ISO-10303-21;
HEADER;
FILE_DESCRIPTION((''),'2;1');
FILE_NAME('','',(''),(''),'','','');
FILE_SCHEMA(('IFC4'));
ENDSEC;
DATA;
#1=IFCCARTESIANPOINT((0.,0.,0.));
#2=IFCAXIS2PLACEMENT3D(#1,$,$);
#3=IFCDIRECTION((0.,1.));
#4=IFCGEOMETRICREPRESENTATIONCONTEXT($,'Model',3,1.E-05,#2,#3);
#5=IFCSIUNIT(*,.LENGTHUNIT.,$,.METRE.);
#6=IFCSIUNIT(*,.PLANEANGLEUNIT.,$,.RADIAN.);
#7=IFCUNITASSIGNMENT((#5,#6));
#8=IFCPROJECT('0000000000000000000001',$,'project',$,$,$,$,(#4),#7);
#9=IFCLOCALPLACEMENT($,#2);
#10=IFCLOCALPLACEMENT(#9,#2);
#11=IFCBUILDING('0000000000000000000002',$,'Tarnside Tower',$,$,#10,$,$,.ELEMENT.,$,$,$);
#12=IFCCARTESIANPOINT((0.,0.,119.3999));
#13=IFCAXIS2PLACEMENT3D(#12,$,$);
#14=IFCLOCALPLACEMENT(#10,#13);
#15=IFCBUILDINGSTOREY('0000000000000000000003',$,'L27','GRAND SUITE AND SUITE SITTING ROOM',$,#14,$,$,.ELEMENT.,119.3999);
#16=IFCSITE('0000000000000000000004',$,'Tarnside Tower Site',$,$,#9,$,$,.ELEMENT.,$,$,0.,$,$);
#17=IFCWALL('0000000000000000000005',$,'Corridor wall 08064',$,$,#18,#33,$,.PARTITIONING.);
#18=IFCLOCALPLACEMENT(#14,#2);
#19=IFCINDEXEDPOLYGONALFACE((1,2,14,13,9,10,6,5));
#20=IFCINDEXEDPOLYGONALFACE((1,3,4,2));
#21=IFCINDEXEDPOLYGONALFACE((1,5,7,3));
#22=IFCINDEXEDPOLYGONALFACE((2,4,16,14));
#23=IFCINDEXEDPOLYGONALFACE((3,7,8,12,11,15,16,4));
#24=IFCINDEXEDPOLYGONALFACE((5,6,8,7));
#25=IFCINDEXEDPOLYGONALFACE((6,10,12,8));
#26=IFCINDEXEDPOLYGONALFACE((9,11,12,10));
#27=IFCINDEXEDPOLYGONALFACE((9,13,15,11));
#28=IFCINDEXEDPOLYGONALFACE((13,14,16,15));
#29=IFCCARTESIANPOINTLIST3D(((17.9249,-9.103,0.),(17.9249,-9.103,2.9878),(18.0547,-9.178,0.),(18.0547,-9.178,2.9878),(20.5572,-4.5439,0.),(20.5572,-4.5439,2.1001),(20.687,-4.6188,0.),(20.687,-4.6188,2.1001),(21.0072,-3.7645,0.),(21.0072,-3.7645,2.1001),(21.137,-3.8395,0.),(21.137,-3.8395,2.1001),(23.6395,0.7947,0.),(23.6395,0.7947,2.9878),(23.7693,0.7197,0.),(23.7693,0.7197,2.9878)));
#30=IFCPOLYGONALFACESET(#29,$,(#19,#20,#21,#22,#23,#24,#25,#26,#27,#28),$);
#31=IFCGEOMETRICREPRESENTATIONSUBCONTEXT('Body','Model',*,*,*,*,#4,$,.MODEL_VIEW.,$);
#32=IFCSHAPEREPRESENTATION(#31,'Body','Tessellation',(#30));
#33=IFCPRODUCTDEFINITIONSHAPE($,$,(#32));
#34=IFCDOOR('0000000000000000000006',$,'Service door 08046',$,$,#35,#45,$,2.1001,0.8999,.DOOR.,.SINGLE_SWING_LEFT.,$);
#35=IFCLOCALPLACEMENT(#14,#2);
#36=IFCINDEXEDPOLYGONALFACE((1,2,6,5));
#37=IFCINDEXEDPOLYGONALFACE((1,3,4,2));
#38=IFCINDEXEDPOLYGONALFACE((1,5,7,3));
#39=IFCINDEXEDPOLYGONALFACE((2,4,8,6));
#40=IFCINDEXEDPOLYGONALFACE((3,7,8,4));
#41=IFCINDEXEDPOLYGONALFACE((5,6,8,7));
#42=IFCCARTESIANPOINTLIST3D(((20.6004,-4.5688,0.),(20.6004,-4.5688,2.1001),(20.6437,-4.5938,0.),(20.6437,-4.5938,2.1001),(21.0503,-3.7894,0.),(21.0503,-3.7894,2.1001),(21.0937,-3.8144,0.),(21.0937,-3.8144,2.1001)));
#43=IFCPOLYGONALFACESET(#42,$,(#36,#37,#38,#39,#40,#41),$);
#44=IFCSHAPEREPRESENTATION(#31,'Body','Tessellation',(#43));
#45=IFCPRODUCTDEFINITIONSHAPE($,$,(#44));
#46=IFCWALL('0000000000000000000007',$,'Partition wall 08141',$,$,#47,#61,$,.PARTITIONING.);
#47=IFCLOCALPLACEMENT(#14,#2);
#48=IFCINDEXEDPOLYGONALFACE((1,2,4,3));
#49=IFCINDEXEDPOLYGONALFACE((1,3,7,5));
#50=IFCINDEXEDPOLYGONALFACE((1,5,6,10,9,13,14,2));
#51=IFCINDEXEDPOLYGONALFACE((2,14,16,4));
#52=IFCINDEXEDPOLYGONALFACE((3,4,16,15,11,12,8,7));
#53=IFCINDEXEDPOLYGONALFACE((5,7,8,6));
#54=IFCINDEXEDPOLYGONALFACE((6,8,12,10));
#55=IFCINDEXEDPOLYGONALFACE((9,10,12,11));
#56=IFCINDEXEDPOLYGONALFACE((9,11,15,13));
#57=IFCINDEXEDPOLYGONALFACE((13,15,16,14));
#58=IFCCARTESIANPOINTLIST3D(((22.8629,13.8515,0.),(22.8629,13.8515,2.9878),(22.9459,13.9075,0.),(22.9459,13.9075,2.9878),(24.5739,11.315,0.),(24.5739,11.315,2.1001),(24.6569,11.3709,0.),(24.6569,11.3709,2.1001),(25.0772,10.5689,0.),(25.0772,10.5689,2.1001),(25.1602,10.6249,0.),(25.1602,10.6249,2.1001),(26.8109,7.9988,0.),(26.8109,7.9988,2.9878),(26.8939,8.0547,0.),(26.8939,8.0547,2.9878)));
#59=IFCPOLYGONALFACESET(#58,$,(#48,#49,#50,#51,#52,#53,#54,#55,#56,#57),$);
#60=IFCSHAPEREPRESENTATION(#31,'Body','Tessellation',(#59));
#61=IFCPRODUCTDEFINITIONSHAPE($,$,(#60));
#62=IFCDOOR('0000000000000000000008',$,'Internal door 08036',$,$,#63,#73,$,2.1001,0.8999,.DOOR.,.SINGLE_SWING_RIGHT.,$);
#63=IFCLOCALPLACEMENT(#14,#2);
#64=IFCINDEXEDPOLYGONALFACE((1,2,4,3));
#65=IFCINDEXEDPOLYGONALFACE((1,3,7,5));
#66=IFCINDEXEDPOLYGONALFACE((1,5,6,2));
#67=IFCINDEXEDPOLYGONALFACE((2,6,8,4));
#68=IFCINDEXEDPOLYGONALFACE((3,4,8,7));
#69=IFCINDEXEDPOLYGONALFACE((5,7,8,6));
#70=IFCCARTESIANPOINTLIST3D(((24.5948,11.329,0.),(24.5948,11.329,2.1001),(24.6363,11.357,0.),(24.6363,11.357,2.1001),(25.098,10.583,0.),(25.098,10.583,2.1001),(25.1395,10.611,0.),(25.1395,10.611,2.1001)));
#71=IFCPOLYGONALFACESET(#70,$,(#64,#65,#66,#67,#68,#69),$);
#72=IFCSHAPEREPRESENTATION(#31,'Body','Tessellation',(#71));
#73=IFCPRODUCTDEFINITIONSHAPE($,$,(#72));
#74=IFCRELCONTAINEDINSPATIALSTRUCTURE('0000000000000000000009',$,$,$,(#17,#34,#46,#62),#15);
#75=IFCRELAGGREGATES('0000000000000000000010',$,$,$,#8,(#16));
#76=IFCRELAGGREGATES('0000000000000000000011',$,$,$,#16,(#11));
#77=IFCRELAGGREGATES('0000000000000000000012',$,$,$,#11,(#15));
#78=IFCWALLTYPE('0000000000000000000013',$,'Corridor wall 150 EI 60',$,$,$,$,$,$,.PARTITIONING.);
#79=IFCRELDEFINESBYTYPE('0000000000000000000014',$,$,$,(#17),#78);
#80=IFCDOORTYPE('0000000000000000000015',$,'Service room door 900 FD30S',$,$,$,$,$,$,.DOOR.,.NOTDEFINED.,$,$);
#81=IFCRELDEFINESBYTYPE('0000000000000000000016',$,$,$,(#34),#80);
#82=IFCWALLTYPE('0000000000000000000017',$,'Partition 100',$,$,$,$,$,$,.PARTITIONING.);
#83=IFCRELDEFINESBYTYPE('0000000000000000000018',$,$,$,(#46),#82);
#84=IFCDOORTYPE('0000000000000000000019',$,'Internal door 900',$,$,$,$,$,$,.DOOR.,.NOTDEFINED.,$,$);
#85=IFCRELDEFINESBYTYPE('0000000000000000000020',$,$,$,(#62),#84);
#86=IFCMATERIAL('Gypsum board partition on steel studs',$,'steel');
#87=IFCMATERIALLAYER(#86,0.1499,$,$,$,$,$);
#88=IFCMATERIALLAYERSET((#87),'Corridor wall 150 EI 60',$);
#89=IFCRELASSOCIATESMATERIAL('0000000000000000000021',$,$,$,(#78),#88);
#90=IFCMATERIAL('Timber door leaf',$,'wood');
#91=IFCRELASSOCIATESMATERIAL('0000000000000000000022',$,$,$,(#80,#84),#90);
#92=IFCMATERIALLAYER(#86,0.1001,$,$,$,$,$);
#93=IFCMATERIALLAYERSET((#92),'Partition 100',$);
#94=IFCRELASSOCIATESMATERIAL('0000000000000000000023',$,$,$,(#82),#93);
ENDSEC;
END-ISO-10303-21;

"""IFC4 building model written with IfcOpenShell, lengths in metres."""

from ifc_helpers import new_model, si_unit, direction, frame, frame_2d, origin, place, context, subcontext, project, spatial, rectangle, extrude, material, layer, layer_set, type_object, element, fill, save


model = new_model("IFC4")

# Units and contexts
model_context = context("Model", 3, precision=1e-05, world=origin(), true_north=direction((0.0, 1.0)))
body_context = subcontext(model_context, "Body", "Model", "MODEL_VIEW")
ifc_project = project(units=[si_unit("LENGTHUNIT", "METRE"), si_unit("PLANEANGLEUNIT", "RADIAN")], contexts=[model_context])

# Site, building, storey
site_placement = place(None, origin())
site = spatial("IfcSite", under=ifc_project, at=site_placement, Name="Tarnside Tower Site", CompositionType="ELEMENT", RefElevation=0.0)
building_placement = place(site_placement, origin())
building = spatial("IfcBuilding", under=site, at=building_placement, Name="Tarnside Tower", CompositionType="ELEMENT")
storey_placement = place(building_placement, frame((0.0, 0.0, 119.3999)))
storey = spatial("IfcBuildingStorey", under=building, at=storey_placement, Name="L27", Description="GRAND SUITE AND SUITE SITTING ROOM", CompositionType="ELEMENT", Elevation=119.3999)

# Shared definitions
ifc_material_1 = material(Name="Gypsum board partition on steel studs", Category="steel")
ifc_material_2 = material(Name="Timber door leaf", Category="wood")

# Shared definitions
ifc_layer_1 = layer(ifc_material_1, 0.1499)
ifc_layer_set_1 = layer_set([ifc_layer_1], Name="Corridor wall 150 EI 60")
wall_type_1 = type_object("IfcWallType", Name="Corridor wall 150 EI 60", PredefinedType="PARTITIONING", material=ifc_layer_set_1)

# Walls, openings, doors
wall_1_placement = place(storey_placement, frame((23.7043, 0.7571, 0.0), z_axis=(0.0, 0.0, 1.0), x_axis=(-0.50001, -0.866019, 0.0)))
wall_1 = element("IfcWall", 1, at=wall_1_placement, inside=storey, type_object=wall_type_1, Name="Corridor wall 08064", PredefinedType="PARTITIONING", context=body_context, shape_type="SweptSolid", body=[
    extrude(rectangle(XDim=11.429, YDim=0.1499, at=frame_2d((5.7144, 0.0))), origin(), (0.0, 0.0, 1.0), 2.9878),
])
opening_1_placement = place(wall_1_placement, frame((5.2644, 0.0, 0.0)))
opening_1 = element("IfcOpeningElement", 2, at=opening_1_placement, cuts=wall_1, PredefinedType="OPENING", context=body_context, shape_type="SweptSolid", body=[
    extrude(rectangle(XDim=0.8999, YDim=2.1001, at=frame_2d((0.45, 1.05))), frame((0.0, 0.085, 0.0), z_axis=(0.0, -1.0, 0.0), x_axis=(1.0, 0.0, 0.0)), (0.0, 0.0, 1.0), 0.1699),
])
door_type_1 = type_object("IfcDoorType", Name="Service room door 900 FD30S", OperationType="NOTDEFINED", PredefinedType="DOOR", material=ifc_material_2)
door_1_placement = place(opening_1_placement, origin())
door_1 = element("IfcDoor", 3, at=door_1_placement, inside=storey, type_object=door_type_1, Name="Service door 08046", OperationType="SINGLE_SWING_LEFT", OverallHeight=2.1001, OverallWidth=0.8999, PredefinedType="DOOR", context=body_context, shape_type="SweptSolid", body=[
    extrude(rectangle(XDim=0.8999, YDim=2.1001, at=frame_2d((0.45, 1.05))), frame((0.0, 0.0249, 0.0), z_axis=(0.0, -1.0, 0.0), x_axis=(1.0, 0.0, 0.0)), (0.0, 0.0, 1.0), 0.05),
])
fill(opening_1, door_1)
ifc_layer_2 = layer(ifc_material_1, 0.1001)
ifc_layer_set_2 = layer_set([ifc_layer_2], Name="Partition 100")
wall_type_2 = type_object("IfcWallType", Name="Partition 100", PredefinedType="PARTITIONING", material=ifc_layer_set_2)
wall_2_placement = place(storey_placement, frame((26.8523, 8.0269, 0.0), z_axis=(0.0, 0.0, 1.0), x_axis=(-0.559217, 0.829021, 0.0)))
wall_2 = element("IfcWall", 4, at=wall_2_placement, inside=storey, type_object=wall_type_2, Name="Partition wall 08141", PredefinedType="PARTITIONING", context=body_context, shape_type="SweptSolid", body=[
    extrude(rectangle(XDim=7.0598, YDim=0.1001, at=frame_2d((3.5298, 0.0))), origin(), (0.0, 0.0, 1.0), 2.9878),
])
opening_2_placement = place(wall_2_placement, frame((3.1001, 0.0, 0.0)))
opening_2 = element("IfcOpeningElement", 5, at=opening_2_placement, cuts=wall_2, PredefinedType="OPENING", context=body_context, shape_type="SweptSolid", body=[
    extrude(rectangle(XDim=0.8999, YDim=2.1001, at=frame_2d((0.45, 1.05))), frame((0.0, 0.0601, 0.0), z_axis=(0.0, -1.0, 0.0), x_axis=(1.0, 0.0, 0.0)), (0.0, 0.0, 1.0), 0.1201),
])
door_type_2 = type_object("IfcDoorType", Name="Internal door 900", OperationType="NOTDEFINED", PredefinedType="DOOR", material=ifc_material_2)
door_2_placement = place(opening_2_placement, origin())
door_2 = element("IfcDoor", 6, at=door_2_placement, inside=storey, type_object=door_type_2, Name="Internal door 08036", OperationType="SINGLE_SWING_RIGHT", OverallHeight=2.1001, OverallWidth=0.8999, PredefinedType="DOOR", context=body_context, shape_type="SweptSolid", body=[
    extrude(rectangle(XDim=0.8999, YDim=2.1001, at=frame_2d((0.45, 1.05))), frame((0.0, 0.0249, 0.0), z_axis=(0.0, -1.0, 0.0), x_axis=(1.0, 0.0, 0.0)), (0.0, 0.0, 1.0), 0.05),
])
fill(opening_2, door_2)

save(model, "model.ifc")
